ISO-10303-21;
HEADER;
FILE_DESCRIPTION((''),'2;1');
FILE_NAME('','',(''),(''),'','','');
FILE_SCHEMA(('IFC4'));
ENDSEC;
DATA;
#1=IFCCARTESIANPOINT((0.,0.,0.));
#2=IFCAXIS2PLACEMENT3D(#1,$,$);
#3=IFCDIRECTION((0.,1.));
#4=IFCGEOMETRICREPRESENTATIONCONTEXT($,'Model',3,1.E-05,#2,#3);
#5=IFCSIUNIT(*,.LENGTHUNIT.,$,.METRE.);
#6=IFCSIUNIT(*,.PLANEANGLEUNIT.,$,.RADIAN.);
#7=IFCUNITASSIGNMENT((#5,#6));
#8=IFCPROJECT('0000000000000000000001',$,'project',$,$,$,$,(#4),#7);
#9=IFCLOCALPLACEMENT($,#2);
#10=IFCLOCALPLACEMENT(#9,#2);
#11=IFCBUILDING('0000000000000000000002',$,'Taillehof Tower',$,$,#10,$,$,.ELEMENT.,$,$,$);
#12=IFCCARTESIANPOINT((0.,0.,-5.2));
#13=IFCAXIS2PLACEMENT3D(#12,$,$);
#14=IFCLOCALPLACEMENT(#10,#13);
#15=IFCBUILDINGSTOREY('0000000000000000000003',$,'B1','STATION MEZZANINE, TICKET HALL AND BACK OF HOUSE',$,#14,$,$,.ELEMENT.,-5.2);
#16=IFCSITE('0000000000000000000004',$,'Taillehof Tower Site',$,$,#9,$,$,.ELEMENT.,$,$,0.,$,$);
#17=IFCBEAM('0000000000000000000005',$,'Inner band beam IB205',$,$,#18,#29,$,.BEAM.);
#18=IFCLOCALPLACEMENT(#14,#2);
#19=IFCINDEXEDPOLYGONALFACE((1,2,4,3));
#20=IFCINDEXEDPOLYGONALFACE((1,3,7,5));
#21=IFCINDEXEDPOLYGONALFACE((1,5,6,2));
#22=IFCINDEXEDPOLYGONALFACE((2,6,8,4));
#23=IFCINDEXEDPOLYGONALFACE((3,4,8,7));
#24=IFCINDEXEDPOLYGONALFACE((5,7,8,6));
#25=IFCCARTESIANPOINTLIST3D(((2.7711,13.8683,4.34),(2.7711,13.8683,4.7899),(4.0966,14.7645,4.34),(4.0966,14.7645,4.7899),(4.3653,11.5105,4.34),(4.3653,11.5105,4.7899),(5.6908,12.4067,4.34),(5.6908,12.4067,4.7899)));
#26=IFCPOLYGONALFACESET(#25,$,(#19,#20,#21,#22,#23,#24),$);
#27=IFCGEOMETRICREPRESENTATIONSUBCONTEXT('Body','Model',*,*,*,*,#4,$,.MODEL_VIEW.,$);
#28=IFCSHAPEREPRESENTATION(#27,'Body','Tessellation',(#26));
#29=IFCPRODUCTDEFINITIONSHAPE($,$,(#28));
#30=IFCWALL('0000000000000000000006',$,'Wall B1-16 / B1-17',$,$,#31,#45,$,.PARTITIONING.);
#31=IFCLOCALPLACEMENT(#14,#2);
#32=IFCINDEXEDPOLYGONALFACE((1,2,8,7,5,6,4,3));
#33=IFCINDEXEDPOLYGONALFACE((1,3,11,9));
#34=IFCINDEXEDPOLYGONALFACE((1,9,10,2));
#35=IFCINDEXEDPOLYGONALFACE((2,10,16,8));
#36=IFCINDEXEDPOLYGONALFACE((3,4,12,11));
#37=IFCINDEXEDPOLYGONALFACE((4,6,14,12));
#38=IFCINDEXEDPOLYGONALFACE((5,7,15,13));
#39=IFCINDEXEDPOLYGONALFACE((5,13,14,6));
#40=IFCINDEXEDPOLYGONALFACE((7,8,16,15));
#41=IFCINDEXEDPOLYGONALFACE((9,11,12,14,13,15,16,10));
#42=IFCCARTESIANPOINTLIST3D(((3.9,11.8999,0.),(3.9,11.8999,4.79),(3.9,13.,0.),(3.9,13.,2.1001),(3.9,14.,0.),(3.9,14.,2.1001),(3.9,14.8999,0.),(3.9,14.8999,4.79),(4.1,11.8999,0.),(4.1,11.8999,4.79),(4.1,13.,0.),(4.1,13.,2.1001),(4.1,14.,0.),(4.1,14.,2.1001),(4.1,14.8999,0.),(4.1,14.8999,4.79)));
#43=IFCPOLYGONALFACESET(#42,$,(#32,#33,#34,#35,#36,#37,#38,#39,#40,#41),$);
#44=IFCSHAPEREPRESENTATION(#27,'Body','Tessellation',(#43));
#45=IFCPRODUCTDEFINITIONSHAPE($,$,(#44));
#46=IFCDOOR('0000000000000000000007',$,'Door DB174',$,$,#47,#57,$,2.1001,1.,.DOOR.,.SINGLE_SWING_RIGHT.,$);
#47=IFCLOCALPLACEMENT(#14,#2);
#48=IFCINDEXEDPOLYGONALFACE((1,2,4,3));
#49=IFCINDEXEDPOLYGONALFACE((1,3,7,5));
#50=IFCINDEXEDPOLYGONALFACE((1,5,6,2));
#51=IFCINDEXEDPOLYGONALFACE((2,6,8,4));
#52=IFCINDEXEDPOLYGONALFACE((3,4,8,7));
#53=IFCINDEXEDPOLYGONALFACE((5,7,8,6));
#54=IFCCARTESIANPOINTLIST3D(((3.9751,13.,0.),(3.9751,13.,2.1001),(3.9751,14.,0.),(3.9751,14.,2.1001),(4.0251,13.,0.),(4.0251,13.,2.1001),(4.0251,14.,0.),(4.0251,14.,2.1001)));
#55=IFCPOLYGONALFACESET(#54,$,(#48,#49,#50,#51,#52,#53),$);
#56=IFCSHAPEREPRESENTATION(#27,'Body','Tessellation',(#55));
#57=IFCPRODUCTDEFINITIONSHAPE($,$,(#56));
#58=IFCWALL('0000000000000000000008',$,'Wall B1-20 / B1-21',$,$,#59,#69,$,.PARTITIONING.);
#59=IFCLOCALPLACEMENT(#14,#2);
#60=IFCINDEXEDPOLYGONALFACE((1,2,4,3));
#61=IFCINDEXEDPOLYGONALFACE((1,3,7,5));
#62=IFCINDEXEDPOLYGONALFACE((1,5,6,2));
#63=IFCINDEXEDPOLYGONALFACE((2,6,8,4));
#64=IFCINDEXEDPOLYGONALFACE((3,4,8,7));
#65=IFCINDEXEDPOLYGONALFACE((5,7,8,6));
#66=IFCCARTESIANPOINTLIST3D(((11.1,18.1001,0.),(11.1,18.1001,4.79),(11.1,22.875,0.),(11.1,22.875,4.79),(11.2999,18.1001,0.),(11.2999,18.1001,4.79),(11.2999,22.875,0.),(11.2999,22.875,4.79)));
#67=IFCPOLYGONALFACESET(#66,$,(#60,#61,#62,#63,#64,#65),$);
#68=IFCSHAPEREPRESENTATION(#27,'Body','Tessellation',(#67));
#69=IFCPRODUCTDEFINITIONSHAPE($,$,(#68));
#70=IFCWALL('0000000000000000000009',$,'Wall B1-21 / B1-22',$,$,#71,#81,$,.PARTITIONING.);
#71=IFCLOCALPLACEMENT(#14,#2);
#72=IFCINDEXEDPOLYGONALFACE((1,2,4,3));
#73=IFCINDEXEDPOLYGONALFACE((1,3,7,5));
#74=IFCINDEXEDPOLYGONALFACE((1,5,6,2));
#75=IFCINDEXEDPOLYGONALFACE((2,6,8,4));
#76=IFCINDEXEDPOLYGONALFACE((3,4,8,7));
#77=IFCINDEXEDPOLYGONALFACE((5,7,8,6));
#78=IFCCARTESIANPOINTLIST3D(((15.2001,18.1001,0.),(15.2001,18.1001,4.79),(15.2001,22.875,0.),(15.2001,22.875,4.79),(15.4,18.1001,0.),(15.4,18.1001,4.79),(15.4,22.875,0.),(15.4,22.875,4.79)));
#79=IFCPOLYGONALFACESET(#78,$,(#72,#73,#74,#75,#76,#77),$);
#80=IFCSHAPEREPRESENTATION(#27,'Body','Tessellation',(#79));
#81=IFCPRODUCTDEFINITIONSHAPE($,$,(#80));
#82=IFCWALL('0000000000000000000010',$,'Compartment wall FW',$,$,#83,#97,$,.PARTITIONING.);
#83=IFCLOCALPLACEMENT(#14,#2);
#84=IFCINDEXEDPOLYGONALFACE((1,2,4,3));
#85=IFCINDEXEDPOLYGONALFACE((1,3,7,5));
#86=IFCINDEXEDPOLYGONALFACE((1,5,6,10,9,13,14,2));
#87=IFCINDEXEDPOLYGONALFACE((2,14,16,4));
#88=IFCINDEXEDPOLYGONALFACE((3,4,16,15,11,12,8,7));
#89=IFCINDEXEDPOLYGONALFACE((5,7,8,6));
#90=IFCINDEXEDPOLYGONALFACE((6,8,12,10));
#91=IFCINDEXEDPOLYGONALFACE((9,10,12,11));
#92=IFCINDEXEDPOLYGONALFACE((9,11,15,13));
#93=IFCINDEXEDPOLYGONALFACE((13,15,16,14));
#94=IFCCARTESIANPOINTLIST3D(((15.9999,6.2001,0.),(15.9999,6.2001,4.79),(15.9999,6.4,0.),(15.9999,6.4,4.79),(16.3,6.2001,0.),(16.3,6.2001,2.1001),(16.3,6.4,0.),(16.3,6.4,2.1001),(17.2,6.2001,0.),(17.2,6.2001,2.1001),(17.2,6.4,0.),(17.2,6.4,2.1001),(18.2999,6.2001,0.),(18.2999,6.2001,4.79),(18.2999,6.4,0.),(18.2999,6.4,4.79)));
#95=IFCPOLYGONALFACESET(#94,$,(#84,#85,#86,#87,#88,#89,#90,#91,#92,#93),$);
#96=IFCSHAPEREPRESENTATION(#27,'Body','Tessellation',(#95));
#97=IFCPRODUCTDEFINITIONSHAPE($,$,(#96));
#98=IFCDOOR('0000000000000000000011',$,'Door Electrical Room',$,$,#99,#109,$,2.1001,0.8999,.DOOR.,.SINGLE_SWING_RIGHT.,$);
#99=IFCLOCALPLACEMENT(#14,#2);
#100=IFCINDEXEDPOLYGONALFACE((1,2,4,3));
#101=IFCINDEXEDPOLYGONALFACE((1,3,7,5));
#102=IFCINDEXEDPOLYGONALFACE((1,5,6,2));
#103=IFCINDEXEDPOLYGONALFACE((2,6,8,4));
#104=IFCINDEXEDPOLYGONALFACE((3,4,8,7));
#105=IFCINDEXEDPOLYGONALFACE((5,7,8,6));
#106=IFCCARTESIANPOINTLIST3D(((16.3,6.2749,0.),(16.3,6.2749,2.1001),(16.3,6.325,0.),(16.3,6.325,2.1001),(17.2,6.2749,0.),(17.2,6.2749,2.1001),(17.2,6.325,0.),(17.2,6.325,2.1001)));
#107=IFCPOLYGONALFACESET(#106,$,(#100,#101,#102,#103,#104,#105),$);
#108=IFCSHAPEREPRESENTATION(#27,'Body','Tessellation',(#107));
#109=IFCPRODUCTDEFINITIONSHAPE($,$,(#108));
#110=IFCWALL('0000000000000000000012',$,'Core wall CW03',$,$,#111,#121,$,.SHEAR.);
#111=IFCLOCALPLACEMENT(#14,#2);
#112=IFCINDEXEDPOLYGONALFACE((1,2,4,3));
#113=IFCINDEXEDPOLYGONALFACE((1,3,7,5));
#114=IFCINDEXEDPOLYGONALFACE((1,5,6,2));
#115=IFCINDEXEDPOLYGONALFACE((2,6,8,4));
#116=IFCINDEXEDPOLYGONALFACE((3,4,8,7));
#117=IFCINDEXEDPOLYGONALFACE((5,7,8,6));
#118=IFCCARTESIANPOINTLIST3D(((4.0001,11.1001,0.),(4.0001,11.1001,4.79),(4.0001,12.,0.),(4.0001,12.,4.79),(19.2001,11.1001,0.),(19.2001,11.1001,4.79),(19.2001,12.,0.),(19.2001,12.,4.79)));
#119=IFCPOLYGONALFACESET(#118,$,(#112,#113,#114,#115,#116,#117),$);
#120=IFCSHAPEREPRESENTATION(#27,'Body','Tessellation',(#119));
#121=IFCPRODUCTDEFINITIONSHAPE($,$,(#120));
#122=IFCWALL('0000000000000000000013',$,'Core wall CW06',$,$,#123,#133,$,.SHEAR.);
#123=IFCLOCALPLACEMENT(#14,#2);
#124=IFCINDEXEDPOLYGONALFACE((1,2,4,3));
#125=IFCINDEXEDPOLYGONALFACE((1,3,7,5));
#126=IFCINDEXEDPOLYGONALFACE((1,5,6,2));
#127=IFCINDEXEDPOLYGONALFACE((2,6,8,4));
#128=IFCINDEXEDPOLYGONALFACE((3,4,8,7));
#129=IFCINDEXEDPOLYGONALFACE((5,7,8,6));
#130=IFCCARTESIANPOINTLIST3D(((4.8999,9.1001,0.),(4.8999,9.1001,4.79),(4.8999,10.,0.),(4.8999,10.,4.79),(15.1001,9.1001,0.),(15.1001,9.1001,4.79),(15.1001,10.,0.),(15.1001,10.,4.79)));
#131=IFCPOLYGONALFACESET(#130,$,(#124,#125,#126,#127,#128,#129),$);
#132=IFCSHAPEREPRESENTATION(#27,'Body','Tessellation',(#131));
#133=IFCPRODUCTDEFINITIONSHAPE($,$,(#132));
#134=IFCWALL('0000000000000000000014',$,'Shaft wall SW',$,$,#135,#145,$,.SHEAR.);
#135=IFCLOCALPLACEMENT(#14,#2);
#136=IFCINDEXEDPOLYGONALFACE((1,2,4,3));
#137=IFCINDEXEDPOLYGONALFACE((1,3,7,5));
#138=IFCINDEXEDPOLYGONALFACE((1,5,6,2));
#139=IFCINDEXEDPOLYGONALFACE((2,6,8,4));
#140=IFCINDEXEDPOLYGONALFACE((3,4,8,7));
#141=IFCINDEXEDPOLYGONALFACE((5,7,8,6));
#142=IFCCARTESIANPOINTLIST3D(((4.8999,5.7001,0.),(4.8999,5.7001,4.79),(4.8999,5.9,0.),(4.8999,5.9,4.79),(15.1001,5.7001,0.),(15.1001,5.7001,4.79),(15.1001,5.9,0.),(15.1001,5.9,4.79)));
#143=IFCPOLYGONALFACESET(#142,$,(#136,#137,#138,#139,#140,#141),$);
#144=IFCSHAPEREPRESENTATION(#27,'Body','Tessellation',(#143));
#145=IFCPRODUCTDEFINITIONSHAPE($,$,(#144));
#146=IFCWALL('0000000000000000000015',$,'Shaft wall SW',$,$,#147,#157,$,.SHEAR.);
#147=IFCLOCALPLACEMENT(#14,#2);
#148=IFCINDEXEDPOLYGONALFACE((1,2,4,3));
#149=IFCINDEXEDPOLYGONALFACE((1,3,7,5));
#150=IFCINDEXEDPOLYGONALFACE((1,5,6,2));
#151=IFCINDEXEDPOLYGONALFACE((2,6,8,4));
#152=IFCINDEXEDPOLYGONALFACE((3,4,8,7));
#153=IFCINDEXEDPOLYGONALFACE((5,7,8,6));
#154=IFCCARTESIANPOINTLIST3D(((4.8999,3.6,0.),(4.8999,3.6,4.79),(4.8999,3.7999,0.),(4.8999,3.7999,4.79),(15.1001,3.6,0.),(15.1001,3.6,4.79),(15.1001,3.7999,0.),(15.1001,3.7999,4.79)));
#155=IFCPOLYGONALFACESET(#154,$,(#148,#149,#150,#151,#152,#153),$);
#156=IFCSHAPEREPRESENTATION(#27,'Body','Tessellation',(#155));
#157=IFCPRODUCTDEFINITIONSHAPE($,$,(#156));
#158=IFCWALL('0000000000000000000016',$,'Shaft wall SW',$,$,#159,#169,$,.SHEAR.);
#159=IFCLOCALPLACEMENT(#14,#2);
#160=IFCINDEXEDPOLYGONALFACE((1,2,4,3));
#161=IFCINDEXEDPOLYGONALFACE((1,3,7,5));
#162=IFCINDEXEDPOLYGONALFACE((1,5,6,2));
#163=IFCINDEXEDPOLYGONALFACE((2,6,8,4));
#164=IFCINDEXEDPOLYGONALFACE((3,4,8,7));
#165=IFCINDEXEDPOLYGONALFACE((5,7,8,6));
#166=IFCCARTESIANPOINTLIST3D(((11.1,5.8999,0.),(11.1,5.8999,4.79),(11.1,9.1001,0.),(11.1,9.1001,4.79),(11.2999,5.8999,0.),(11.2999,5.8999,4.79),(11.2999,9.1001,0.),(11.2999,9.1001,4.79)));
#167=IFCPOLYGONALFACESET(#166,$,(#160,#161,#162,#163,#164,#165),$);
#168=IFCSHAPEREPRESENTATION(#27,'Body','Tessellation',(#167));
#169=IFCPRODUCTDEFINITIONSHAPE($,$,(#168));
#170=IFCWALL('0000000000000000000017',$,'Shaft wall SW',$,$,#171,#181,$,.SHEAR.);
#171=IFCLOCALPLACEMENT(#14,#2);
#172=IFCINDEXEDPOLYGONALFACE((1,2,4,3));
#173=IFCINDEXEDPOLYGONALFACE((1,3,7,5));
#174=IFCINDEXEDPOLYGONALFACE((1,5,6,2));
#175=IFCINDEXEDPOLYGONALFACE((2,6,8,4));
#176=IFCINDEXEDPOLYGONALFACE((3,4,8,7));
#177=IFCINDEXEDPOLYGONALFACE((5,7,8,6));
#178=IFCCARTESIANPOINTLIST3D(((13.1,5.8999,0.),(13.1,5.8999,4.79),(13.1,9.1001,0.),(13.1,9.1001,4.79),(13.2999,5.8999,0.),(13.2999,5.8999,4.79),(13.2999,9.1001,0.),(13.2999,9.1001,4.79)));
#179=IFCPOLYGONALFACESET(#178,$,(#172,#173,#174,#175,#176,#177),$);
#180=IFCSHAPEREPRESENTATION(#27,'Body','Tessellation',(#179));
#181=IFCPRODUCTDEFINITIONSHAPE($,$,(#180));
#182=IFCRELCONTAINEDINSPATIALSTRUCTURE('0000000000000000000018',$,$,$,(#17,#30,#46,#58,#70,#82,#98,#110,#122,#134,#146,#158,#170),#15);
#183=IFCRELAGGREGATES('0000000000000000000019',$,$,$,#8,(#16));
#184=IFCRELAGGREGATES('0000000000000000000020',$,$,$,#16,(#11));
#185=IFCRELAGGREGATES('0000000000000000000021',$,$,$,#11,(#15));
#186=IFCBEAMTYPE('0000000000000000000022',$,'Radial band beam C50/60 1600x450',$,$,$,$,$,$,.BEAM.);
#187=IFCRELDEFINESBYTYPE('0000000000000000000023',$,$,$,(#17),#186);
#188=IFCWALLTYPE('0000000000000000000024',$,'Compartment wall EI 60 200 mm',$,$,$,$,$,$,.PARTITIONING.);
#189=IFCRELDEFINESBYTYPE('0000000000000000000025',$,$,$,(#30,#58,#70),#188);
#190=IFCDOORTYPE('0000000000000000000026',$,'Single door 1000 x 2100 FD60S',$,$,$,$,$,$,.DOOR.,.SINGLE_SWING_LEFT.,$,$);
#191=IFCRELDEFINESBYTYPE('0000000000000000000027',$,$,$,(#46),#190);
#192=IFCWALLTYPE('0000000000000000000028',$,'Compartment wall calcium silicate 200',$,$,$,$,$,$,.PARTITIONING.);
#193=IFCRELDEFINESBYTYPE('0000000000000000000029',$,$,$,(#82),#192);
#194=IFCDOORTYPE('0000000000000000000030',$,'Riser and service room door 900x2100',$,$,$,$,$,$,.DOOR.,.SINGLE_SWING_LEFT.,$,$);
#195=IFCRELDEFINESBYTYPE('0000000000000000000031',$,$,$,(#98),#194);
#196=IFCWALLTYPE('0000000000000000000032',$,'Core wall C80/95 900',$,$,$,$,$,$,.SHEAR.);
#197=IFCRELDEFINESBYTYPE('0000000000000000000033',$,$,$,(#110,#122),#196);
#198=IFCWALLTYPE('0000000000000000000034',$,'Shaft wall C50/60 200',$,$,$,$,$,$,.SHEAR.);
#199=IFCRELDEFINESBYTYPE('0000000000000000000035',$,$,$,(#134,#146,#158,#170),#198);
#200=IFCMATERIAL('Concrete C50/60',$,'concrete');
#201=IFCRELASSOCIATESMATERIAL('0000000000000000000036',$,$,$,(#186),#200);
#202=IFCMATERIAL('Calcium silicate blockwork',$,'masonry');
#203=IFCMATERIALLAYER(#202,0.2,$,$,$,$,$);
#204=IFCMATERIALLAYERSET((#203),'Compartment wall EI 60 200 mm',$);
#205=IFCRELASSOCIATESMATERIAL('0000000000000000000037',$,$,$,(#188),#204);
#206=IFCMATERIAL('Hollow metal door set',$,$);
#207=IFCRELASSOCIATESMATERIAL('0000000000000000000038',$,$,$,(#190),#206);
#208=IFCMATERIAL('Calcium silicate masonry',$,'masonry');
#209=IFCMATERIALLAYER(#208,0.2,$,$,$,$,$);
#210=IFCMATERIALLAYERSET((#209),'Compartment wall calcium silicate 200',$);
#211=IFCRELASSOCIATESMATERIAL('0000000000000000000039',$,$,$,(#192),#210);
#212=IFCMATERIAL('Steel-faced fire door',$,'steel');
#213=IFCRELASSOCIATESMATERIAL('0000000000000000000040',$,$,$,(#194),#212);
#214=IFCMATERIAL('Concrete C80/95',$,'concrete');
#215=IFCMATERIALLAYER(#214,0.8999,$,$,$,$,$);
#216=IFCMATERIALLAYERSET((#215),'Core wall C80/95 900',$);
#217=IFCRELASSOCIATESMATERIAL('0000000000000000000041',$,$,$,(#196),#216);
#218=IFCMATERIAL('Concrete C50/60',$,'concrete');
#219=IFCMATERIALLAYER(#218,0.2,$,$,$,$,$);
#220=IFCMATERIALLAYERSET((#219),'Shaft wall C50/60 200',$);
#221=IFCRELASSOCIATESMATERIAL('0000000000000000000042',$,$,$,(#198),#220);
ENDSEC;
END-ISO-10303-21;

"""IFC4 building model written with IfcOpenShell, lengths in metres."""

from ifc_helpers import new_model, si_unit, direction, frame, frame_2d, origin, origin_2d, place, context, subcontext, project, spatial, rectangle, extrude, material, layer, layer_set, material_profile, profile_set, type_object, element, fill, save


model = new_model("IFC4")

# Units and contexts
model_context = context("Model", 3, precision=1e-05, world=origin(), true_north=direction((0.0, 1.0)))
body_context = subcontext(model_context, "Body", "Model", "MODEL_VIEW")
ifc_project = project(units=[si_unit("LENGTHUNIT", "METRE"), si_unit("PLANEANGLEUNIT", "RADIAN")], contexts=[model_context])

# Site, building, storey
site_placement = place(None, origin())
site = spatial("IfcSite", under=ifc_project, at=site_placement, Name="Taillehof Tower Site", CompositionType="ELEMENT", RefElevation=0.0)
building_placement = place(site_placement, origin())
building = spatial("IfcBuilding", under=site, at=building_placement, Name="Taillehof Tower", CompositionType="ELEMENT")
storey_placement = place(building_placement, frame((0.0, 0.0, -5.2)))
storey = spatial("IfcBuildingStorey", under=building, at=storey_placement, Name="B1", Description="STATION MEZZANINE, TICKET HALL AND BACK OF HOUSE", CompositionType="ELEMENT", Elevation=-5.2)

# Beam
ifc_material_1 = material(Name="Concrete C50/60", Category="concrete")
ifc_material_profile = material_profile(ifc_material_1, rectangle(XDim=1.6001, YDim=0.45, at=origin_2d()), Name="RC 1600x450")
ifc_profile_set = profile_set([ifc_material_profile], Name="Concrete C50/60")
beam_type = type_object("IfcBeamType", Name="Radial band beam C50/60 1600x450", PredefinedType="BEAM", material=ifc_profile_set)
beam_placement = place(storey_placement, frame((3.4338, 14.3164, 4.5649), z_axis=(0.560112, -0.828417, 0.0), x_axis=(0.828417, 0.560112, 0.0)))
element("IfcBeam", 1, at=beam_placement, inside=storey, type_object=beam_type, Name="Inner band beam IB205", PredefinedType="BEAM", context=body_context, shape_type="SweptSolid", body=[
    extrude(rectangle(XDim=1.6001, YDim=0.45, at=origin_2d()), origin(), (0.0, 0.0, 1.0), 2.8462),
])

# Wall, opening, door
ifc_material_2 = material(Name="Calcium silicate blockwork", Category="masonry")
ifc_layer_1 = layer(ifc_material_2, 0.2)
ifc_layer_set_1 = layer_set([ifc_layer_1], Name="Compartment wall EI 60 200 mm")
wall_type_1 = type_object("IfcWallType", Name="Compartment wall EI 60 200 mm", PredefinedType="PARTITIONING", material=ifc_layer_set_1)
wall_1_placement = place(storey_placement, frame((4.0, 11.8999, 0.0), z_axis=(0.0, 0.0, 1.0), x_axis=(0.0, 1.0, 0.0)))
wall_1 = element("IfcWall", 2, at=wall_1_placement, inside=storey, type_object=wall_type_1, Name="Wall B1-16 / B1-17", PredefinedType="PARTITIONING", context=body_context, shape_type="SweptSolid", body=[
    extrude(rectangle(XDim=3.0, YDim=0.2, at=frame_2d((1.5, 0.0))), origin(), (0.0, 0.0, 1.0), 4.79),
])
opening_1_placement = place(wall_1_placement, frame((1.1001, 0.0, 0.0)))
opening_1 = element("IfcOpeningElement", 3, at=opening_1_placement, cuts=wall_1, PredefinedType="OPENING", context=body_context, shape_type="SweptSolid", body=[
    extrude(rectangle(XDim=1.0, YDim=2.1001, at=frame_2d((0.5, 1.05))), frame((0.0, 0.1099, 0.0), z_axis=(0.0, -1.0, 0.0), x_axis=(1.0, 0.0, 0.0)), (0.0, 0.0, 1.0), 0.22),
])
ifc_material_3 = material(Name="Hollow metal door set")
door_type_1 = type_object("IfcDoorType", Name="Single door 1000 x 2100 FD60S", OperationType="SINGLE_SWING_LEFT", PredefinedType="DOOR", material=ifc_material_3)
door_1_placement = place(opening_1_placement, origin())
door_1 = element("IfcDoor", 4, at=door_1_placement, inside=storey, type_object=door_type_1, Name="Door DB174", OperationType="SINGLE_SWING_RIGHT", OverallHeight=2.1001, OverallWidth=1.0, PredefinedType="DOOR", context=body_context, shape_type="SweptSolid", body=[
    extrude(rectangle(XDim=1.0, YDim=2.1001, at=frame_2d((0.5, 1.05))), frame((0.0, 0.0249, 0.0), z_axis=(0.0, -1.0, 0.0), x_axis=(1.0, 0.0, 0.0)), (0.0, 0.0, 1.0), 0.05),
])
fill(opening_1, door_1)

# Walls
for number, where, z_axis, x_axis, name in (
    (5, (11.2, 18.1001, 0.0), (0.0, 0.0, 1.0), (0.0, 1.0, 0.0), "Wall B1-20 / B1-21"),
    (6, (15.3, 18.1001, 0.0), (0.0, 0.0, 1.0), (0.0, 1.0, 0.0), "Wall B1-21 / B1-22"),
):
    element("IfcWall", number, at=place(storey_placement, frame(where, z_axis=z_axis, x_axis=x_axis)), inside=storey, type_object=wall_type_1, Name=name, PredefinedType="PARTITIONING", context=body_context, shape_type="SweptSolid", body=[
        extrude(rectangle(XDim=4.7749, YDim=0.2, at=frame_2d((2.3875, 0.0))), origin(), (0.0, 0.0, 1.0), 4.79),
    ])

# Wall, opening, door
ifc_material_4 = material(Name="Calcium silicate masonry", Category="masonry")
ifc_layer_2 = layer(ifc_material_4, 0.2)
ifc_layer_set_2 = layer_set([ifc_layer_2], Name="Compartment wall calcium silicate 200")
wall_type_2 = type_object("IfcWallType", Name="Compartment wall calcium silicate 200", PredefinedType="PARTITIONING", material=ifc_layer_set_2)
wall_2_placement = place(storey_placement, frame((16.0, 6.3, 0.0), z_axis=(0.0, 0.0, 1.0), x_axis=(1.0, 0.0, 0.0)))
wall_2 = element("IfcWall", 7, at=wall_2_placement, inside=storey, type_object=wall_type_2, Name="Compartment wall FW", PredefinedType="PARTITIONING", context=body_context, shape_type="SweptSolid", body=[
    extrude(rectangle(XDim=2.3, YDim=0.2, at=frame_2d((1.1499, 0.0))), origin(), (0.0, 0.0, 1.0), 4.79),
])
opening_2_placement = place(wall_2_placement, frame((0.3, 0.0, 0.0)))
opening_2 = element("IfcOpeningElement", 8, at=opening_2_placement, cuts=wall_2, PredefinedType="OPENING", context=body_context, shape_type="SweptSolid", body=[
    extrude(rectangle(XDim=0.8999, YDim=2.1001, at=frame_2d((0.45, 1.05))), frame((0.0, 0.1099, 0.0), z_axis=(0.0, -1.0, 0.0), x_axis=(1.0, 0.0, 0.0)), (0.0, 0.0, 1.0), 0.22),
])
ifc_material_5 = material(Name="Steel-faced fire door", Category="steel")
door_type_2 = type_object("IfcDoorType", Name="Riser and service room door 900x2100", OperationType="SINGLE_SWING_LEFT", PredefinedType="DOOR", material=ifc_material_5)
door_2_placement = place(opening_2_placement, origin())
door_2 = element("IfcDoor", 9, at=door_2_placement, inside=storey, type_object=door_type_2, Name="Door Electrical Room", OperationType="SINGLE_SWING_RIGHT", OverallHeight=2.1001, OverallWidth=0.8999, PredefinedType="DOOR", context=body_context, shape_type="SweptSolid", body=[
    extrude(rectangle(XDim=0.8999, YDim=2.1001, at=frame_2d((0.45, 1.05))), frame((0.0, 0.0249, 0.0), z_axis=(0.0, -1.0, 0.0), x_axis=(1.0, 0.0, 0.0)), (0.0, 0.0, 1.0), 0.05),
])
fill(opening_2, door_2)

# Walls
ifc_material_6 = material(Name="Concrete C80/95", Category="concrete")
ifc_layer_3 = layer(ifc_material_6, 0.8999)
ifc_layer_set_3 = layer_set([ifc_layer_3], Name="Core wall C80/95 900")
wall_type_3 = type_object("IfcWallType", Name="Core wall C80/95 900", PredefinedType="SHEAR", material=ifc_layer_set_3)
wall_3_placement = place(storey_placement, frame((4.0, 11.55, 0.0), z_axis=(0.0, 0.0, 1.0), x_axis=(1.0, 0.0, 0.0)))
element("IfcWall", 10, at=wall_3_placement, inside=storey, type_object=wall_type_3, Name="Core wall CW03", PredefinedType="SHEAR", context=body_context, shape_type="SweptSolid", body=[
    extrude(rectangle(XDim=15.2, YDim=0.8999, at=frame_2d((7.6001, 0.0))), origin(), (0.0, 0.0, 1.0), 4.79),
])
wall_4_placement = place(storey_placement, frame((4.8999, 9.55, 0.0), z_axis=(0.0, 0.0, 1.0), x_axis=(1.0, 0.0, 0.0)))
element("IfcWall", 11, at=wall_4_placement, inside=storey, type_object=wall_type_3, Name="Core wall CW06", PredefinedType="SHEAR", context=body_context, shape_type="SweptSolid", body=[
    extrude(rectangle(XDim=10.2002, YDim=0.8999, at=frame_2d((5.1001, 0.0))), origin(), (0.0, 0.0, 1.0), 4.79),
])
ifc_material_7 = material(Name="Concrete C50/60", Category="concrete")
ifc_layer_4 = layer(ifc_material_7, 0.2)
ifc_layer_set_4 = layer_set([ifc_layer_4], Name="Shaft wall C50/60 200")
wall_type_4 = type_object("IfcWallType", Name="Shaft wall C50/60 200", PredefinedType="SHEAR", material=ifc_layer_set_4)
for number, where, z_axis, x_axis, name in (
    (12, (4.8999, 5.8, 0.0), (0.0, 0.0, 1.0), (1.0, 0.0, 0.0), "Shaft wall SW"),
    (13, (4.8999, 3.7, 0.0), (0.0, 0.0, 1.0), (1.0, 0.0, 0.0), "Shaft wall SW"),
):
    element("IfcWall", number, at=place(storey_placement, frame(where, z_axis=z_axis, x_axis=x_axis)), inside=storey, type_object=wall_type_4, Name=name, PredefinedType="SHEAR", context=body_context, shape_type="SweptSolid", body=[
        extrude(rectangle(XDim=10.2002, YDim=0.2, at=frame_2d((5.1001, 0.0))), origin(), (0.0, 0.0, 1.0), 4.79),
    ])
for number, where, z_axis, x_axis, name in (
    (14, (11.2, 5.8999, 0.0), (0.0, 0.0, 1.0), (0.0, 1.0, 0.0), "Shaft wall SW"),
    (15, (13.2, 5.8999, 0.0), (0.0, 0.0, 1.0), (0.0, 1.0, 0.0), "Shaft wall SW"),
):
    element("IfcWall", number, at=place(storey_placement, frame(where, z_axis=z_axis, x_axis=x_axis)), inside=storey, type_object=wall_type_4, Name=name, PredefinedType="SHEAR", context=body_context, shape_type="SweptSolid", body=[
        extrude(rectangle(XDim=3.2002, YDim=0.2, at=frame_2d((1.6001, 0.0))), origin(), (0.0, 0.0, 1.0), 4.79),
    ])

save(model, "model.ifc")
